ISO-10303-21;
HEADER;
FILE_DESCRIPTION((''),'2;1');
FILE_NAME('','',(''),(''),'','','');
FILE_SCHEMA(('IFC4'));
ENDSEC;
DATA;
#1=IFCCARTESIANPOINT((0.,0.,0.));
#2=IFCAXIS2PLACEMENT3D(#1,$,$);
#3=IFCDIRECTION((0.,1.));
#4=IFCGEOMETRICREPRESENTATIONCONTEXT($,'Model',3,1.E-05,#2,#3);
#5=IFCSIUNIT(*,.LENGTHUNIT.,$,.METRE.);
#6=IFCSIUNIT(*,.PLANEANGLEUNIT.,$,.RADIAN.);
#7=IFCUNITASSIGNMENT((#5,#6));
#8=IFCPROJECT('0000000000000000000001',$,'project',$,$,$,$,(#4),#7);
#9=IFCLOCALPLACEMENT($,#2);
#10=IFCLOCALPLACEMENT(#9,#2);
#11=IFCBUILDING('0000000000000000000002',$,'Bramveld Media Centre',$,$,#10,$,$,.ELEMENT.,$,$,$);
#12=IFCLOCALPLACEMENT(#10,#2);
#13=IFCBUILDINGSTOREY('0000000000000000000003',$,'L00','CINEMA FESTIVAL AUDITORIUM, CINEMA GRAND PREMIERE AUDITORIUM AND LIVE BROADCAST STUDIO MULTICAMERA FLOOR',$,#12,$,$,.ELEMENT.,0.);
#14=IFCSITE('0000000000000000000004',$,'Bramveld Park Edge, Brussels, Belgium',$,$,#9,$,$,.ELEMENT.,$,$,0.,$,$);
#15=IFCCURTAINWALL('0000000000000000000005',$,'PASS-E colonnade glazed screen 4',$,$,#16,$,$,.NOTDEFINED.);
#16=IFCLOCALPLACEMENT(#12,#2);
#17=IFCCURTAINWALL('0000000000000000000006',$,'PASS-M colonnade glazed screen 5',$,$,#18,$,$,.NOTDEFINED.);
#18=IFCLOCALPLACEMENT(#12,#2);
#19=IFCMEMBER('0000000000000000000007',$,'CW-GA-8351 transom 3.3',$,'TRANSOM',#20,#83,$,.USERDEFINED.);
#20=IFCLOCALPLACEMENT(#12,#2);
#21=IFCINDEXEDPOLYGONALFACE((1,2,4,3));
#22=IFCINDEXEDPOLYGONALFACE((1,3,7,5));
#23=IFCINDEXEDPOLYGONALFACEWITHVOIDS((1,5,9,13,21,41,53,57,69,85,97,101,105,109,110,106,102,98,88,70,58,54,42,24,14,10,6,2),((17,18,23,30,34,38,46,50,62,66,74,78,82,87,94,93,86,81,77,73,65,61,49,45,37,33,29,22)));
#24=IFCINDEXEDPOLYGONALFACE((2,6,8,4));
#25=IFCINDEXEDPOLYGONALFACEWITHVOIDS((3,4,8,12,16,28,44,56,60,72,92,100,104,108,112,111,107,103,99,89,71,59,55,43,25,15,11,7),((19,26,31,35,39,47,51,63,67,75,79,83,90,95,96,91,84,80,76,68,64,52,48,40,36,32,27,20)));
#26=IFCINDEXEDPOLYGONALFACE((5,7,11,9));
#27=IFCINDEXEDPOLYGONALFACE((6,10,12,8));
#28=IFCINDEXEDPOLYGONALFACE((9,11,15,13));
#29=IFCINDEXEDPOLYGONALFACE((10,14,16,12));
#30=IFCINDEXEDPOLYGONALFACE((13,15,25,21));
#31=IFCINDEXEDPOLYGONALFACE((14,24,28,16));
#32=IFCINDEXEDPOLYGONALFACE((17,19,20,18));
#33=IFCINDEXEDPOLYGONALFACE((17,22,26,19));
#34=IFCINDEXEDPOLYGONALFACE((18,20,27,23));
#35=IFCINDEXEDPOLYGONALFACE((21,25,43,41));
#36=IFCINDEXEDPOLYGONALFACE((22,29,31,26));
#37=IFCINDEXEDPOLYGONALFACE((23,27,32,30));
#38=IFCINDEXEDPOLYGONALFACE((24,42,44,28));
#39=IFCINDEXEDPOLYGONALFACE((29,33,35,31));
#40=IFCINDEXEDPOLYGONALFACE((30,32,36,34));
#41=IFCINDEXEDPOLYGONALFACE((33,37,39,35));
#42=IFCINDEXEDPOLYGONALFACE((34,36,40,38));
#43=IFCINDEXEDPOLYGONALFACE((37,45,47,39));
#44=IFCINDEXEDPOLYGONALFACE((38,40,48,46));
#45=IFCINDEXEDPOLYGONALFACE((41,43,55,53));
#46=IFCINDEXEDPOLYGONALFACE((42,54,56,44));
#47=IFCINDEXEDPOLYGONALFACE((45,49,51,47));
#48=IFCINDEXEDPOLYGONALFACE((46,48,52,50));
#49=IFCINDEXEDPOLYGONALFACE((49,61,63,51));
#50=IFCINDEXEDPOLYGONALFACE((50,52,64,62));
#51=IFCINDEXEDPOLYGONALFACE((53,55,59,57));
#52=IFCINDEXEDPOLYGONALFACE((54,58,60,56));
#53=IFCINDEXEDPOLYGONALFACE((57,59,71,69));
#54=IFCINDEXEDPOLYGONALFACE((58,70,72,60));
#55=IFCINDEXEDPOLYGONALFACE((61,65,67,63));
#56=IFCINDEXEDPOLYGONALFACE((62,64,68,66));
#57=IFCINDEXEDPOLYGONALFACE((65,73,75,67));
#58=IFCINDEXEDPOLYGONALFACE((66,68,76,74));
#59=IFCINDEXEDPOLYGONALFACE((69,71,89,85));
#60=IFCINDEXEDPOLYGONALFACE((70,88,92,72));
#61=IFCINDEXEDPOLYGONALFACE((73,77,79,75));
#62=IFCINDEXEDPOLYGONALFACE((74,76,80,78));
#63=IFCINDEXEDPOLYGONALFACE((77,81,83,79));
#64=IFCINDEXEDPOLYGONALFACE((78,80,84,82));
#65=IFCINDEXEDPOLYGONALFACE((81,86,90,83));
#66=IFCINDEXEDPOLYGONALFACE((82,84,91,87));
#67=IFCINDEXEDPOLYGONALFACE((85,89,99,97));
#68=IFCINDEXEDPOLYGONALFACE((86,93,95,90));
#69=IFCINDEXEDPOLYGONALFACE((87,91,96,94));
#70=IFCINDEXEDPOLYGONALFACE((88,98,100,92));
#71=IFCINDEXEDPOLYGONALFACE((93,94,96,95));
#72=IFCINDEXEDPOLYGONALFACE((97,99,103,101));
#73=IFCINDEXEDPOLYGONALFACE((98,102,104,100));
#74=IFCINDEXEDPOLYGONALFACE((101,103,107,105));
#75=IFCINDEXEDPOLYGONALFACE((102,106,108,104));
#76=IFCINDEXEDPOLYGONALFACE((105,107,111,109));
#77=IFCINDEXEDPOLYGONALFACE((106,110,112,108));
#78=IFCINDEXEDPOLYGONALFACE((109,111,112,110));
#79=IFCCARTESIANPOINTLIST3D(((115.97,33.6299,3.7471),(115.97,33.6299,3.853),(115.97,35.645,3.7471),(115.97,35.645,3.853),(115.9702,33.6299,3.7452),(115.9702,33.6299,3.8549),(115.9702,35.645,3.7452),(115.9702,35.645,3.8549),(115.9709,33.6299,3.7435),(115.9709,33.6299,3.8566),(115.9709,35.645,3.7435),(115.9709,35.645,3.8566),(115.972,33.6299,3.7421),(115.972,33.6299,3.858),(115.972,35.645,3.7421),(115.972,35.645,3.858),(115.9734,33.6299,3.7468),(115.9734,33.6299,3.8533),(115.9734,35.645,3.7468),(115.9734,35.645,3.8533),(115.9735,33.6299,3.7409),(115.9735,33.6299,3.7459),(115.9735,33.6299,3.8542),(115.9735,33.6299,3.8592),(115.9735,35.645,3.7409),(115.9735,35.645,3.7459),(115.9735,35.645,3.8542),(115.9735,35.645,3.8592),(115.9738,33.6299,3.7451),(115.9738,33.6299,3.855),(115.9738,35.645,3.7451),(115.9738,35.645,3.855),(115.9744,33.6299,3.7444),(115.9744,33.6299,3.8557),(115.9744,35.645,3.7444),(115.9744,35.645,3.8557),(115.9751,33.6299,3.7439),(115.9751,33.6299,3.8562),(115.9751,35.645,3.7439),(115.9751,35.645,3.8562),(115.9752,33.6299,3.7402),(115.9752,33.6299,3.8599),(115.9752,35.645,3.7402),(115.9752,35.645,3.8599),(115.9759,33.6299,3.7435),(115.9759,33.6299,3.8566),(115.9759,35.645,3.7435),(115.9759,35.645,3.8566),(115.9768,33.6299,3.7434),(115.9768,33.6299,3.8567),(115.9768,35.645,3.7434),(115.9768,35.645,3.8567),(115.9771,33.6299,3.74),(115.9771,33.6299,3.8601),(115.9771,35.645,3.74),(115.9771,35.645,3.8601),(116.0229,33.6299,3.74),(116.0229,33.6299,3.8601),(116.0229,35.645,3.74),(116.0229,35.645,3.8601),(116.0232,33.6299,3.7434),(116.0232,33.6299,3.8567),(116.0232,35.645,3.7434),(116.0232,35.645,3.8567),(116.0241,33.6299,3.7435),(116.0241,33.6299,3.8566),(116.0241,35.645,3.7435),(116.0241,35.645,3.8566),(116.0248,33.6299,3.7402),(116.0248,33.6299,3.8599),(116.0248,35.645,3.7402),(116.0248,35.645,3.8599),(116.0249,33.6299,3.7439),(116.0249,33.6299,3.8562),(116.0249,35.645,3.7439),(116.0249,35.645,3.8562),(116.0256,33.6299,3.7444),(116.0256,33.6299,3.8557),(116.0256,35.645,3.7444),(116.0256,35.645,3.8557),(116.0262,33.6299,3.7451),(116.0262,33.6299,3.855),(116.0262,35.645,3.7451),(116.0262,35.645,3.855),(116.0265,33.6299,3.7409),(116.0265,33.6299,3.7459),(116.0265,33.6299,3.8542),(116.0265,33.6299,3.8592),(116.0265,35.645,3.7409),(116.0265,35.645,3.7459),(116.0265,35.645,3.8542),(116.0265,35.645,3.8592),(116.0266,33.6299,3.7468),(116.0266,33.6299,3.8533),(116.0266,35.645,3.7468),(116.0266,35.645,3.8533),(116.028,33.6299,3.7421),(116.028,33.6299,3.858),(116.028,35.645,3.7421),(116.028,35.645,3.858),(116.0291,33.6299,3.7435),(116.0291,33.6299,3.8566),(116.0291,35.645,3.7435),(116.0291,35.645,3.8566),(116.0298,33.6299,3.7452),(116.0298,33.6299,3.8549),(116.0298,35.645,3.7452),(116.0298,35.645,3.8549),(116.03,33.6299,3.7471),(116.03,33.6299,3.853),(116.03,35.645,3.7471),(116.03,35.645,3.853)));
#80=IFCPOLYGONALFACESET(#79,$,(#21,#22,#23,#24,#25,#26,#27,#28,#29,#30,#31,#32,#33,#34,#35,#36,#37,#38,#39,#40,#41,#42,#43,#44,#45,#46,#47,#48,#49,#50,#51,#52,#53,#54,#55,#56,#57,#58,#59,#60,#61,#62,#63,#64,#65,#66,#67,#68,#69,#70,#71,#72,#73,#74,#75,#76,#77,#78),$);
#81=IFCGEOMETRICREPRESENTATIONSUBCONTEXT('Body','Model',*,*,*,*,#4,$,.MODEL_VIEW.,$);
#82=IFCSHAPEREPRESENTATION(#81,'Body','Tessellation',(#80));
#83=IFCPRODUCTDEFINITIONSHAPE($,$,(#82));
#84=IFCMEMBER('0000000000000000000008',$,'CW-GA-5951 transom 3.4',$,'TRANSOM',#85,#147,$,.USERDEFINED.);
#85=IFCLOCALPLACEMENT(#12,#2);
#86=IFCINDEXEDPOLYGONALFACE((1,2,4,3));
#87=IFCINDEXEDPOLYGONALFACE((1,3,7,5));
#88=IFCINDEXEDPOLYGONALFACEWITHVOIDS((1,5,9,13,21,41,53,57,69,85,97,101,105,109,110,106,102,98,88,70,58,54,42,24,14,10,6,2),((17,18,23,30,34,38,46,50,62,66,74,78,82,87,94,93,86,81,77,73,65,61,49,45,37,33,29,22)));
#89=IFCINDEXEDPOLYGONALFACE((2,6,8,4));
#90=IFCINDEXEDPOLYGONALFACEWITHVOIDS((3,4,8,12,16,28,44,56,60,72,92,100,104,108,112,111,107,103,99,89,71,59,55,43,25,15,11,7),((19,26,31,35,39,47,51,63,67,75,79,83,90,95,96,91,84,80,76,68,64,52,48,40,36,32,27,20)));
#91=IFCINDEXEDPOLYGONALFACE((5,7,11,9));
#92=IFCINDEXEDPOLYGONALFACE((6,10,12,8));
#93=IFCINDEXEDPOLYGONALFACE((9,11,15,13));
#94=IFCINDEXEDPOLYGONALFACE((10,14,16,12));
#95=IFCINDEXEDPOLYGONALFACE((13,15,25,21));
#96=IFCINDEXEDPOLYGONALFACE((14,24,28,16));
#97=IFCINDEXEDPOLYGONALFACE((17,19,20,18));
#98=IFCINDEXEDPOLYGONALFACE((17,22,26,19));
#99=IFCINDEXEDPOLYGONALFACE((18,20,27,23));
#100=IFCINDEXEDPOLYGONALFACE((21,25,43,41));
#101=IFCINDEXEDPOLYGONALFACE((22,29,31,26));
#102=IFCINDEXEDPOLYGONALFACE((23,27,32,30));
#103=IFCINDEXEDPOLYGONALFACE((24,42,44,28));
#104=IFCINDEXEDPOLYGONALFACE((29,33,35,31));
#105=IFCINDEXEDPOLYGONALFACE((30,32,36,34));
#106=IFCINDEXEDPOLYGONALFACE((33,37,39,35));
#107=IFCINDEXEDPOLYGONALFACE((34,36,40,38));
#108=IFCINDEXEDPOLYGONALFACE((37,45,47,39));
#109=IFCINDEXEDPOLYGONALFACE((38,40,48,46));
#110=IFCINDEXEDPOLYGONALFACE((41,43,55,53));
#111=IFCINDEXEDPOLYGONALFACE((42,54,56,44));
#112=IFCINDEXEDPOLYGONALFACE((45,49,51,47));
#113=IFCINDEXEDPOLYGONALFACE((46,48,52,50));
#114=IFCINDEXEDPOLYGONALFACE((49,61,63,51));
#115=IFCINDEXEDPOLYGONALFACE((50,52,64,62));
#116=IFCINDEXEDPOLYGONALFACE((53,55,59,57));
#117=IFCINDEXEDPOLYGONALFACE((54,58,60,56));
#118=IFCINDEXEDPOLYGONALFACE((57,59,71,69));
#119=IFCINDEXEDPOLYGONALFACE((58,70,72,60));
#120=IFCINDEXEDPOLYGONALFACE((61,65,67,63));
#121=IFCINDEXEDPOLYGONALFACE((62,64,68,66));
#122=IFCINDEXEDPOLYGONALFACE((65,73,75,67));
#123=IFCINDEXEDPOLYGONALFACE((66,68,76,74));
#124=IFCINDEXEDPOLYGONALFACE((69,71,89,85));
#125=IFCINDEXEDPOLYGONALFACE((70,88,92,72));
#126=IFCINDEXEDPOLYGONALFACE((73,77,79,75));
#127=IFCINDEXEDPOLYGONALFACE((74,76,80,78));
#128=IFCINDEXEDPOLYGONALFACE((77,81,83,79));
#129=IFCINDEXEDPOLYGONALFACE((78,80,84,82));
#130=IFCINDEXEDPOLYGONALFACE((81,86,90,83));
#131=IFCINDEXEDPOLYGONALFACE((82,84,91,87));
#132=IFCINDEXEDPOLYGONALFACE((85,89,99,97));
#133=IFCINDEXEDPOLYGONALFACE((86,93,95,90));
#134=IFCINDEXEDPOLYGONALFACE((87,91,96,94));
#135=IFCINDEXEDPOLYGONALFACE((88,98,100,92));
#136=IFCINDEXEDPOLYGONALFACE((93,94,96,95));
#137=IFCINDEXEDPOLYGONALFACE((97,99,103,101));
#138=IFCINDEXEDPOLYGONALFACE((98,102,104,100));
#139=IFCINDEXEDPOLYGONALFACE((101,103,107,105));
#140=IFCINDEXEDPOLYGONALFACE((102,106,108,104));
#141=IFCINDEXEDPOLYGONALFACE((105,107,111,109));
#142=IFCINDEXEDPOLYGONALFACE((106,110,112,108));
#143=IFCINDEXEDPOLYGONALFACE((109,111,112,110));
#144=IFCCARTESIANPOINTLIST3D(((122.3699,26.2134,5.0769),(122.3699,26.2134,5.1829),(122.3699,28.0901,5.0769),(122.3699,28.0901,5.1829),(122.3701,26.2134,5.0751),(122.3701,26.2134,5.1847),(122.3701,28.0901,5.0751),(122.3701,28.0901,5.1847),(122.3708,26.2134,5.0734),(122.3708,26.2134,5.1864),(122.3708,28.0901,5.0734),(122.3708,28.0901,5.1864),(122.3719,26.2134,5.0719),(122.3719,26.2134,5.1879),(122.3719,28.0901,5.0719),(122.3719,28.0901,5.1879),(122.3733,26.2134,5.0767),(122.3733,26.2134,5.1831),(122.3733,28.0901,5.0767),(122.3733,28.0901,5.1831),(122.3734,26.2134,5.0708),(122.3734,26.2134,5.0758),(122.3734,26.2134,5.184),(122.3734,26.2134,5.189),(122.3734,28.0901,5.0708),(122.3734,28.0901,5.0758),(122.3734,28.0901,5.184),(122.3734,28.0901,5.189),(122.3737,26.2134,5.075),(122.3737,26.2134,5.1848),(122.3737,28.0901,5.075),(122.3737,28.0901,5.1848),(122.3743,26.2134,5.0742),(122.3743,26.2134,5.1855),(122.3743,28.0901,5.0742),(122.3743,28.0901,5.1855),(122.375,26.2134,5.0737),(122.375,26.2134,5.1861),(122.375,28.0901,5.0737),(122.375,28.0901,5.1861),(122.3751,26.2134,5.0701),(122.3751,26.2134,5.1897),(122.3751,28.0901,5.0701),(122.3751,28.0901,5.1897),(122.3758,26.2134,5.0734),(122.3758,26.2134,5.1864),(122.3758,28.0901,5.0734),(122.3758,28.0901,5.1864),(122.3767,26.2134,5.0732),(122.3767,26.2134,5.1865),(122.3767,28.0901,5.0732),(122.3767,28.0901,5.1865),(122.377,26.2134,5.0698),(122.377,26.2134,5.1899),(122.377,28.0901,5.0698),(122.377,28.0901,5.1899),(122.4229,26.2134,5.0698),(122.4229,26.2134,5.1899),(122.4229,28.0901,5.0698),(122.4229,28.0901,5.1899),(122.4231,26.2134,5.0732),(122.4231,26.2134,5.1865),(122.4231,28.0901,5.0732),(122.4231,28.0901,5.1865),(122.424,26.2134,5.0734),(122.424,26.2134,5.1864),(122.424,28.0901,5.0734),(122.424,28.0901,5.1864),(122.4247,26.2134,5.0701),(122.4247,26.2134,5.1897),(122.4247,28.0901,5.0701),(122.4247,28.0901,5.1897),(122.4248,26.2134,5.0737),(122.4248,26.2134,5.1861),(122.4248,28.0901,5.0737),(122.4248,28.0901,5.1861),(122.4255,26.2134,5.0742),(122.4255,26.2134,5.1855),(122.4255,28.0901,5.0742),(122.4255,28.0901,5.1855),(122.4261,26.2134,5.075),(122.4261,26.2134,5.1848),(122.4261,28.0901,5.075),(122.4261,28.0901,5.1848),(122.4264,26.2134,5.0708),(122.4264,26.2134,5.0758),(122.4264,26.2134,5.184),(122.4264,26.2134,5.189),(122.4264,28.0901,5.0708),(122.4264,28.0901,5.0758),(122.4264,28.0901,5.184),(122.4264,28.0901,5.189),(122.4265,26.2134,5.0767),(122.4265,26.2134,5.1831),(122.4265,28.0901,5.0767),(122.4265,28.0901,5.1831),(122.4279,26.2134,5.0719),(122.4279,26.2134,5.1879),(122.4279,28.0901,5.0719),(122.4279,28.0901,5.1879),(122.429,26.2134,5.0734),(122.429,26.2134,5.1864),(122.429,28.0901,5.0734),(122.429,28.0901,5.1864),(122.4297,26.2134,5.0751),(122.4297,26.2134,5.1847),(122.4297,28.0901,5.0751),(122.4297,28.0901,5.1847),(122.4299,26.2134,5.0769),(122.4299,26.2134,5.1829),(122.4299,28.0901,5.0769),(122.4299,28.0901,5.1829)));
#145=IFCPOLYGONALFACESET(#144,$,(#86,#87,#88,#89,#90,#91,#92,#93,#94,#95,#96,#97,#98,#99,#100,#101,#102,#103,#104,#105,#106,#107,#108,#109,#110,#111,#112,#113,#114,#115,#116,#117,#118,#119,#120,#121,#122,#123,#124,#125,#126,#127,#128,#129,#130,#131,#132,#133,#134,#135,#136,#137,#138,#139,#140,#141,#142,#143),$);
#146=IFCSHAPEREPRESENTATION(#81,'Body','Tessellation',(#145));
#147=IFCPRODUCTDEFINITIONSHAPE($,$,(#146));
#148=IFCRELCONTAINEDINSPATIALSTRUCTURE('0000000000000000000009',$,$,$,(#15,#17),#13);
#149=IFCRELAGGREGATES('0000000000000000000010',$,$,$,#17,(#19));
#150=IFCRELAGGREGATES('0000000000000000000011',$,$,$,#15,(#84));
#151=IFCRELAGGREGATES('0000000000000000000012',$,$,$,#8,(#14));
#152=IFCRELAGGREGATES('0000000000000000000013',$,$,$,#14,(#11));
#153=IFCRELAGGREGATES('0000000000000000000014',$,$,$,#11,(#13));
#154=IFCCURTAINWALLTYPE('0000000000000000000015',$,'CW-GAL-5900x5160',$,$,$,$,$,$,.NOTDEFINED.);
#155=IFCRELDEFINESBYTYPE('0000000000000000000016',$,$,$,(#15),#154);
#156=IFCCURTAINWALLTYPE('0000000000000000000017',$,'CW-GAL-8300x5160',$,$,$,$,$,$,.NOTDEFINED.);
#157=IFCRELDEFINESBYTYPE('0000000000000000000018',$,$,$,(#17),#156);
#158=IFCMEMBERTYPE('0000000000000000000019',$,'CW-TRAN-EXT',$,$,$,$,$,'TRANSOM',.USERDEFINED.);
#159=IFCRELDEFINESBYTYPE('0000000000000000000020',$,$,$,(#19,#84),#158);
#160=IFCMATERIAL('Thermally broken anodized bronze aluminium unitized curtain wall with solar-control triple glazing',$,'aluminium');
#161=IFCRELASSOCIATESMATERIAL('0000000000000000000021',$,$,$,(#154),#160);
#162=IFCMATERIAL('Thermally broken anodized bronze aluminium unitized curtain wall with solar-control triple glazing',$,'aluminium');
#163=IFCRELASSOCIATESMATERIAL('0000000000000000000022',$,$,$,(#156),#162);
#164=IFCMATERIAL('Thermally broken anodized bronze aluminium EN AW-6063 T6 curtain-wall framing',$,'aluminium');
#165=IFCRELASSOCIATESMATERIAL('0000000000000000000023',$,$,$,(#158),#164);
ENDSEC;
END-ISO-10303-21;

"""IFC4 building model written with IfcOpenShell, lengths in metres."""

from ifc_helpers import new_model, si_unit, direction, frame, origin, origin_2d, place, context, subcontext, project, spatial, hollow_rectangle, extrude, material, material_profile, profile_set, type_object, element, aggregate, save


model = new_model("IFC4")

# Units and contexts
model_context = context("Model", 3, precision=1e-05, world=origin(), true_north=direction((0.0, 1.0)))
body_context = subcontext(model_context, "Body", "Model", "MODEL_VIEW")
ifc_project = project(units=[si_unit("LENGTHUNIT", "METRE"), si_unit("PLANEANGLEUNIT", "RADIAN")], contexts=[model_context])

# Site, building, storey
site_placement = place(None, origin())
site = spatial("IfcSite", under=ifc_project, at=site_placement, Name="Bramveld Park Edge, Brussels, Belgium", CompositionType="ELEMENT", RefElevation=0.0)
building_placement = place(site_placement, origin())
building = spatial("IfcBuilding", under=site, at=building_placement, Name="Bramveld Media Centre", CompositionType="ELEMENT")
storey_placement = place(building_placement, origin())
storey = spatial("IfcBuildingStorey", under=building, at=storey_placement, Name="L00", Description="CINEMA FESTIVAL AUDITORIUM, CINEMA GRAND PREMIERE AUDITORIUM AND LIVE BROADCAST STUDIO MULTICAMERA FLOOR", CompositionType="ELEMENT", Elevation=0.0)

# Curtain wall
ifc_material_1 = material(Name="Thermally broken anodized bronze aluminium unitized curtain wall with solar-control triple glazing", Category="aluminium")
curtain_wall_type_1 = type_object("IfcCurtainWallType", Name="CW-GAL-5900x5160", PredefinedType="NOTDEFINED", material=ifc_material_1)
curtain_wall_1_placement = place(storey_placement, origin())
curtain_wall_1 = element("IfcCurtainWall", 1, at=curtain_wall_1_placement, inside=storey, type_object=curtain_wall_type_1, Name="PASS-E colonnade glazed screen 4", PredefinedType="NOTDEFINED")

# Shared definitions
ifc_material_2 = material(Name="Thermally broken anodized bronze aluminium unitized curtain wall with solar-control triple glazing", Category="aluminium")
curtain_wall_type_2 = type_object("IfcCurtainWallType", Name="CW-GAL-8300x5160", PredefinedType="NOTDEFINED", material=ifc_material_2)

# Curtain wall, member
curtain_wall_2_placement = place(storey_placement, origin())
curtain_wall_2 = element("IfcCurtainWall", 2, at=curtain_wall_2_placement, inside=storey, type_object=curtain_wall_type_2, Name="PASS-M colonnade glazed screen 5", PredefinedType="NOTDEFINED")
ifc_material_3 = material(Name="Thermally broken anodized bronze aluminium EN AW-6063 T6 curtain-wall framing", Category="aluminium")
ifc_material_profile_1 = material_profile(ifc_material_3, hollow_rectangle(XDim=0.0601, YDim=0.1201, WallThickness=0.0034, InnerFilletRadius=0.0034, OuterFilletRadius=0.0071, at=origin_2d()), Name="AL-TRAN 60x120")
ifc_profile_set_1 = profile_set([ifc_material_profile_1], Name="Thermally broken anodized bronze aluminium EN AW-6063 T6 curtain-wall framing")
member_type_1 = type_object("IfcMemberType", Name="CW-TRAN-EXT", ElementType="TRANSOM", PredefinedType="USERDEFINED", material=ifc_profile_set_1)
member_1_placement = place(storey_placement, frame((116.0, 33.6299, 3.8), z_axis=(0.0, 1.0, 0.0), x_axis=(-1.0, 0.0, 0.0)))
member_1 = element("IfcMember", 3, at=member_1_placement, type_object=member_type_1, Name="CW-GA-8351 transom 3.3", ObjectType="TRANSOM", PredefinedType="USERDEFINED", context=body_context, shape_type="SweptSolid", body=[
    extrude(hollow_rectangle(XDim=0.0601, YDim=0.1201, WallThickness=0.0034, InnerFilletRadius=0.0034, OuterFilletRadius=0.0071, at=origin_2d()), origin(), (0.0, 0.0, 1.0), 2.0151),
])
aggregate(curtain_wall_2, [member_1])

# Member
member_2_placement = place(storey_placement, frame((122.3999, 26.2134, 5.1299), z_axis=(0.0, 1.0, 0.0), x_axis=(-1.0, 0.0, 0.0)))
member_2 = element("IfcMember", 4, at=member_2_placement, type_object=member_type_1, Name="CW-GA-5951 transom 3.4", ObjectType="TRANSOM", PredefinedType="USERDEFINED", context=body_context, shape_type="SweptSolid", body=[
    extrude(hollow_rectangle(XDim=0.0601, YDim=0.1201, WallThickness=0.0034, InnerFilletRadius=0.0034, OuterFilletRadius=0.0071, at=origin_2d()), origin(), (0.0, 0.0, 1.0), 1.8767),
])

aggregate(curtain_wall_1, [member_2])

save(model, "model.ifc")
